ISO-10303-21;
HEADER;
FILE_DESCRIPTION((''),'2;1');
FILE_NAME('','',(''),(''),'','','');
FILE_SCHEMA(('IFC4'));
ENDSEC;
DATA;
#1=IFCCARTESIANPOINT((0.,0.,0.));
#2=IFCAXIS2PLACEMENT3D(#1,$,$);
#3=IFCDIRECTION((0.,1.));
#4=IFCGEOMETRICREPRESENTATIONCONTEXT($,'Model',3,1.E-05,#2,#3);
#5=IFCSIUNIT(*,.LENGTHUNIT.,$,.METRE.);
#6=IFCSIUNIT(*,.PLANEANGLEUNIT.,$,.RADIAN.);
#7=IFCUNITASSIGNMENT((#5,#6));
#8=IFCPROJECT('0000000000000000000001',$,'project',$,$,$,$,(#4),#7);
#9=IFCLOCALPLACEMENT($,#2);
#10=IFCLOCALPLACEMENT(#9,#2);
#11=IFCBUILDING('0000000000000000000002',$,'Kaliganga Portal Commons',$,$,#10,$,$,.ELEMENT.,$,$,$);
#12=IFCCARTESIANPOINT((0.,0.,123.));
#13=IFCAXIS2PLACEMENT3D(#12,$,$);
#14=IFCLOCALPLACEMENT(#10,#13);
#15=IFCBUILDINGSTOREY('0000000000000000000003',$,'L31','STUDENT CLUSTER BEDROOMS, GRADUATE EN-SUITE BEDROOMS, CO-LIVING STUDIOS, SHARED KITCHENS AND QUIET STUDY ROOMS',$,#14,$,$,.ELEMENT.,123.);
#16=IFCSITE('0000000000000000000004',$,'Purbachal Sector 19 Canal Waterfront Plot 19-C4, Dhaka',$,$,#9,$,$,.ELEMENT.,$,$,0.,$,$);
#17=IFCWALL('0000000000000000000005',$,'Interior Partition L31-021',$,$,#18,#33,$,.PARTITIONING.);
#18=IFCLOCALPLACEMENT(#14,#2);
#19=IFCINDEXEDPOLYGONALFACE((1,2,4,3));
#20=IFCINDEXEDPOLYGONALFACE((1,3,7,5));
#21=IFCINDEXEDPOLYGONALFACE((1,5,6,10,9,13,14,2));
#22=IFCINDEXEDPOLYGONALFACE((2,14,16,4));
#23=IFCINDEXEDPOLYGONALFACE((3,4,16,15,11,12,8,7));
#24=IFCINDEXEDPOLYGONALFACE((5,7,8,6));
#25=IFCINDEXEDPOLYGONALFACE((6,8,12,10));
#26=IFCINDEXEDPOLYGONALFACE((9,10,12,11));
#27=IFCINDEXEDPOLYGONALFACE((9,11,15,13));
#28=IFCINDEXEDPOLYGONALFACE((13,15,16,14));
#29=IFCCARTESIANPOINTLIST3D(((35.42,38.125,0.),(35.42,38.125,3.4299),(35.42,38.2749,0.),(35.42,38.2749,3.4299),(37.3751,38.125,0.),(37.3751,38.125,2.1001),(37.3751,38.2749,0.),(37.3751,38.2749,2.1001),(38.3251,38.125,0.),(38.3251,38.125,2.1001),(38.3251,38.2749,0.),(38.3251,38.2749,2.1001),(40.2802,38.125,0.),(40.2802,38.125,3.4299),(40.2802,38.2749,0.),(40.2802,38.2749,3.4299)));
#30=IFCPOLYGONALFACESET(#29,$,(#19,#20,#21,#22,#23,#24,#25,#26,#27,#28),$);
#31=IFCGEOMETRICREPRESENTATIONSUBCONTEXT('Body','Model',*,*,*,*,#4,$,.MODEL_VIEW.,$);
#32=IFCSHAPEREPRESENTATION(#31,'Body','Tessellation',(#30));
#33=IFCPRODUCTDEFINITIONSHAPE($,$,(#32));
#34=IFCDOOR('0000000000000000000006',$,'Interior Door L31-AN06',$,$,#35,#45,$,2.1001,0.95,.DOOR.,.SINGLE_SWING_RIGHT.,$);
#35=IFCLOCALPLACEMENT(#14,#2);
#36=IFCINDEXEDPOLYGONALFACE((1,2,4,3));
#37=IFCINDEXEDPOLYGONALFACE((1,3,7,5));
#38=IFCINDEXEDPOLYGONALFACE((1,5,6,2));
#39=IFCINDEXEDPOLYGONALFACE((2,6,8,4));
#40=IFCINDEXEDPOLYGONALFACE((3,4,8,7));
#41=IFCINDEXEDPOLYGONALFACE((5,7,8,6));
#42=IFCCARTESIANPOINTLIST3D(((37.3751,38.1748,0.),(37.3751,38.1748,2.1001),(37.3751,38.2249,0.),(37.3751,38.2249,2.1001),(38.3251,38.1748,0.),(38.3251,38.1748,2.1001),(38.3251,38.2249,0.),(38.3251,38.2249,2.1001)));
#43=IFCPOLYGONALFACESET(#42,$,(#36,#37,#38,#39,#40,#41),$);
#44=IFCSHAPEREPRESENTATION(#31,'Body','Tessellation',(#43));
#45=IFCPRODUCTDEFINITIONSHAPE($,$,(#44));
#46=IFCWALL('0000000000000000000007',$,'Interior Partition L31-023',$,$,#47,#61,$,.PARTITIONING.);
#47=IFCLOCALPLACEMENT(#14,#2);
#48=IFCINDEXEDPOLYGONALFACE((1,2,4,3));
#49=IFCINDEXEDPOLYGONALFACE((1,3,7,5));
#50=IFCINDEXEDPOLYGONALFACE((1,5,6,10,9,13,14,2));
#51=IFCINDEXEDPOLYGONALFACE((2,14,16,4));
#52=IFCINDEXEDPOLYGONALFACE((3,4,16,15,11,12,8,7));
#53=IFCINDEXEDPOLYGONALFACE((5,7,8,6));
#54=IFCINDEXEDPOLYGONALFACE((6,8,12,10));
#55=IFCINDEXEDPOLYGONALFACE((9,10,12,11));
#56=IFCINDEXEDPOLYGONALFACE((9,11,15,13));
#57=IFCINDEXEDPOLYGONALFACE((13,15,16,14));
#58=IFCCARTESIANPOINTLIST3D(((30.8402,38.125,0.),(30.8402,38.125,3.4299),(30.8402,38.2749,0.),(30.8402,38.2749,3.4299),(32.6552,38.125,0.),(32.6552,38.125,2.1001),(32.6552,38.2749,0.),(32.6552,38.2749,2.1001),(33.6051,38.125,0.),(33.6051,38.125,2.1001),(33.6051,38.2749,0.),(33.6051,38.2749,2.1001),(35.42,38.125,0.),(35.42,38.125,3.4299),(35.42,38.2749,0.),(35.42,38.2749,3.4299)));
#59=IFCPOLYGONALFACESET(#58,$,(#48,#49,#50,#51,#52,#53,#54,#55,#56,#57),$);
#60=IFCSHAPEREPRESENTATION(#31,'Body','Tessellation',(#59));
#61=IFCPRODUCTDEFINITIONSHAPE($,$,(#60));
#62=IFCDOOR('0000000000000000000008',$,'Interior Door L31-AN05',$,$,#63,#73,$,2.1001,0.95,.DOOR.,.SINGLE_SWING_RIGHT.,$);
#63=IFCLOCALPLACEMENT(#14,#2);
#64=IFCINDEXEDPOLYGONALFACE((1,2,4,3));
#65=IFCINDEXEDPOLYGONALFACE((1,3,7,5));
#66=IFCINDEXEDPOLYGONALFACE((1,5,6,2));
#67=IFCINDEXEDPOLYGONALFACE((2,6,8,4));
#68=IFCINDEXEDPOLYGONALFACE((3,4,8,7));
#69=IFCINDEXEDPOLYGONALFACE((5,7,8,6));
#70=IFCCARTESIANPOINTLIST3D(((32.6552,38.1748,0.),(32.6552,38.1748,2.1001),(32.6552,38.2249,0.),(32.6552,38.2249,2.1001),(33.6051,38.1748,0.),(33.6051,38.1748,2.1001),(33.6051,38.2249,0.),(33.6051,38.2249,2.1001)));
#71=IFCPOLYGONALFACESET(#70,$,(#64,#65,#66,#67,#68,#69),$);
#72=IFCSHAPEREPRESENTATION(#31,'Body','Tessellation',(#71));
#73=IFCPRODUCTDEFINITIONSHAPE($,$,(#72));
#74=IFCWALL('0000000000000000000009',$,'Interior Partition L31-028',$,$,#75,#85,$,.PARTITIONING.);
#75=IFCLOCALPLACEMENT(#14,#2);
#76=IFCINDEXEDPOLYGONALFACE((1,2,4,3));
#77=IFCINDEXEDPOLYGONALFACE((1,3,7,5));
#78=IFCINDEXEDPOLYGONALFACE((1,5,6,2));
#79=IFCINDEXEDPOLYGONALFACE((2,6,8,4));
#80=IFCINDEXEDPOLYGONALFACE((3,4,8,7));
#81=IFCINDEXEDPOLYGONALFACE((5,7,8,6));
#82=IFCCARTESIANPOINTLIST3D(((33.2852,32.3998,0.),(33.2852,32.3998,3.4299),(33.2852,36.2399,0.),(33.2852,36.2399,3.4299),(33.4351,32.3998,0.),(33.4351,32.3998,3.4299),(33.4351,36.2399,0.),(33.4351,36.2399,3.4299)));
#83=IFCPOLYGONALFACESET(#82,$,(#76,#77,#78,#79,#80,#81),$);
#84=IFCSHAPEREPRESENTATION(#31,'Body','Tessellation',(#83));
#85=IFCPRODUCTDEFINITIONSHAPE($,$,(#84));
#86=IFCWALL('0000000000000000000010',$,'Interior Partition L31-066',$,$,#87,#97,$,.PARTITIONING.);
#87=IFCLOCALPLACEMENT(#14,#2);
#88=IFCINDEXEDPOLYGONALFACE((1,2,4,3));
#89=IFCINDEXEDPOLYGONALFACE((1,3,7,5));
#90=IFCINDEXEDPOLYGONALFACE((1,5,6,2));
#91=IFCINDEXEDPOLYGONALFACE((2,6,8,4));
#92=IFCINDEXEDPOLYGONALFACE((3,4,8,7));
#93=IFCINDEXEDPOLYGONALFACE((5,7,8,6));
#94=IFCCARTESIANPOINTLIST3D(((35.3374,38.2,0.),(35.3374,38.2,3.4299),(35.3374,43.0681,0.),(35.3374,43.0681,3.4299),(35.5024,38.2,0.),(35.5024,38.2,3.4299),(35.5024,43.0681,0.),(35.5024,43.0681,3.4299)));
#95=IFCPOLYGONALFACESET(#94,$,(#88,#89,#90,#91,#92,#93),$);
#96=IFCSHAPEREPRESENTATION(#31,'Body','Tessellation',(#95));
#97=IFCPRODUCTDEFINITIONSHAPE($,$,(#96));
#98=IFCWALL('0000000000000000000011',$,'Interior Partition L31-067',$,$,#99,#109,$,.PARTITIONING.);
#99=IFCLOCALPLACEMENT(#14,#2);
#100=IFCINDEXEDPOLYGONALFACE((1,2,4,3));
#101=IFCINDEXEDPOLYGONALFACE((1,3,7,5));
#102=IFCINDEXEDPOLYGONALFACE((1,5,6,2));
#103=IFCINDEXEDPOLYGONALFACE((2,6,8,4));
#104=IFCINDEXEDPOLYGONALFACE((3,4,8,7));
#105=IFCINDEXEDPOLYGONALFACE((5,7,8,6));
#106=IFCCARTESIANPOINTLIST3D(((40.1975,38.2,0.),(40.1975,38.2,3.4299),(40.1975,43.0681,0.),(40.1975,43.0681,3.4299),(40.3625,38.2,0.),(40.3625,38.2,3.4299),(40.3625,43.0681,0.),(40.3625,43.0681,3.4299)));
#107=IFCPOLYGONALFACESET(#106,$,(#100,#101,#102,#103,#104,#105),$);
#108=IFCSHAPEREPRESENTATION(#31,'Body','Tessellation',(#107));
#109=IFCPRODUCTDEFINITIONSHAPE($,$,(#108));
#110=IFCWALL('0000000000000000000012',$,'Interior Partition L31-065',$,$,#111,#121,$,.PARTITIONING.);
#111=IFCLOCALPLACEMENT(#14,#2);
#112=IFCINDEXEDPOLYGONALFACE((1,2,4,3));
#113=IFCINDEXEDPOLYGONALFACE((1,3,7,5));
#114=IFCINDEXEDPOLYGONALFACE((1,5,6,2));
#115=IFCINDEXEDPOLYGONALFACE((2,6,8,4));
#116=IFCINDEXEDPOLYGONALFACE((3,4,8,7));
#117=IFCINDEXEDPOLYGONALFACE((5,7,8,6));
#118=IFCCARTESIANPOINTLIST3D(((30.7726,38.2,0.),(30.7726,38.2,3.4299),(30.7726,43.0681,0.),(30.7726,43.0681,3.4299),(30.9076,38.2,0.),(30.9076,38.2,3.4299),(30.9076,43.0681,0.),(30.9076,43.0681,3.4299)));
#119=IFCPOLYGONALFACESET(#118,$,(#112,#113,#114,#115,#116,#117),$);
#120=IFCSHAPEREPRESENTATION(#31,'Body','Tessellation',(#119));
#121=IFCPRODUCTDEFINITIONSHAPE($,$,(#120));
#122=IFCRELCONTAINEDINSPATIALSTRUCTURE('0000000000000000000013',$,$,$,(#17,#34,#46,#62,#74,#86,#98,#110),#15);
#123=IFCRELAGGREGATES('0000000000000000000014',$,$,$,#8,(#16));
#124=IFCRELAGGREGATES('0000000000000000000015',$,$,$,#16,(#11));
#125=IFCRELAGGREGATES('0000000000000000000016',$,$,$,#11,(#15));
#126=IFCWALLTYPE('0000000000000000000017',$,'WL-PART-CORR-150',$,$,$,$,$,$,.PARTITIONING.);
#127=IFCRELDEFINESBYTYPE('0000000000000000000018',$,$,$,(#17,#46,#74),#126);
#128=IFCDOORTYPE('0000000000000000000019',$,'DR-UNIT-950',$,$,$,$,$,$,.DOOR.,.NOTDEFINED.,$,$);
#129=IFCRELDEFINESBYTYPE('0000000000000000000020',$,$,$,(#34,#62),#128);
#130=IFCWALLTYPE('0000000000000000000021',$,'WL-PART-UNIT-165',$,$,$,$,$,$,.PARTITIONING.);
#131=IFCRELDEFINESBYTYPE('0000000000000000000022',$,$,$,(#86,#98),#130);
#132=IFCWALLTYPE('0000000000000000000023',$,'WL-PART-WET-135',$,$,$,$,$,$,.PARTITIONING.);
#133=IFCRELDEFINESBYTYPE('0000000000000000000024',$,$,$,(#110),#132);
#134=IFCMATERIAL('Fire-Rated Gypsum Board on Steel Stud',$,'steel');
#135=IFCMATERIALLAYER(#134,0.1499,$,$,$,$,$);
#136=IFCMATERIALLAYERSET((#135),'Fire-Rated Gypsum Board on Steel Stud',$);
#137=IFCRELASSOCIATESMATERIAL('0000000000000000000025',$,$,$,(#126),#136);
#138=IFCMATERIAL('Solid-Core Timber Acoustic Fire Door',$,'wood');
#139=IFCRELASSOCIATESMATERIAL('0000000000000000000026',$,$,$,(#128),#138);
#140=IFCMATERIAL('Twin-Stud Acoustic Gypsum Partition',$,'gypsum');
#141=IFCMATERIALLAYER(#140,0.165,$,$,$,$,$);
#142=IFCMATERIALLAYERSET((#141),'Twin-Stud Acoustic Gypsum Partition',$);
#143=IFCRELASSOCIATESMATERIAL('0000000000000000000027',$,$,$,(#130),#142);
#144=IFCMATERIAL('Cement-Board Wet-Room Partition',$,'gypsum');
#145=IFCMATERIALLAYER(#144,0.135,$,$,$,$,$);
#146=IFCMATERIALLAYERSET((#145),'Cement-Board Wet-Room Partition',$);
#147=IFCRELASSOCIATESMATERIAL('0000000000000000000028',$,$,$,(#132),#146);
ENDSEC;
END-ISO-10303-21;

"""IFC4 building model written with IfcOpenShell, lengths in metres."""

from ifc_helpers import new_model, si_unit, direction, frame, frame_2d, origin, place, context, subcontext, project, spatial, rectangle, extrude, material, layer, layer_set, type_object, element, fill, save


model = new_model("IFC4")

# Units and contexts
model_context = context("Model", 3, precision=1e-05, world=origin(), true_north=direction((0.0, 1.0)))
body_context = subcontext(model_context, "Body", "Model", "MODEL_VIEW")
ifc_project = project(units=[si_unit("LENGTHUNIT", "METRE"), si_unit("PLANEANGLEUNIT", "RADIAN")], contexts=[model_context])

# Site, building, storey
site_placement = place(None, origin())
site = spatial("IfcSite", under=ifc_project, at=site_placement, Name="Purbachal Sector 19 Canal Waterfront Plot 19-C4, Dhaka", CompositionType="ELEMENT", RefElevation=0.0)
building_placement = place(site_placement, origin())
building = spatial("IfcBuilding", under=site, at=building_placement, Name="Kaliganga Portal Commons", CompositionType="ELEMENT")
storey_placement = place(building_placement, frame((0.0, 0.0, 123.0)))
storey = spatial("IfcBuildingStorey", under=building, at=storey_placement, Name="L31", Description="STUDENT CLUSTER BEDROOMS, GRADUATE EN-SUITE BEDROOMS, CO-LIVING STUDIOS, SHARED KITCHENS AND QUIET STUDY ROOMS", CompositionType="ELEMENT", Elevation=123.0)

# Shared definitions
ifc_material_1 = material(Name="Fire-Rated Gypsum Board on Steel Stud", Category="steel")
ifc_layer_1 = layer(ifc_material_1, 0.1499)
ifc_layer_set_1 = layer_set([ifc_layer_1], Name="Fire-Rated Gypsum Board on Steel Stud")
wall_type_1 = type_object("IfcWallType", Name="WL-PART-CORR-150", PredefinedType="PARTITIONING", material=ifc_layer_set_1)

# Walls, openings, doors
wall_1_placement = place(storey_placement, frame((35.4199, 38.2, 0.0), z_axis=(0.0, 0.0, 1.0), x_axis=(1.0, 0.0, 0.0)))
wall_1 = element("IfcWall", 1, at=wall_1_placement, inside=storey, type_object=wall_type_1, Name="Interior Partition L31-021", PredefinedType="PARTITIONING", context=body_context, shape_type="SweptSolid", body=[
    extrude(rectangle(XDim=4.8601, YDim=0.1499, at=frame_2d((2.4302, 0.0))), origin(), (0.0, 0.0, 1.0), 3.4299),
])
opening_1_placement = place(wall_1_placement, frame((1.9551, 0.0, 0.0)))
opening_1 = element("IfcOpeningElement", 2, at=opening_1_placement, cuts=wall_1, PredefinedType="OPENING", context=body_context, shape_type="SweptSolid", body=[
    extrude(rectangle(XDim=0.95, YDim=2.1001, at=frame_2d((0.4751, 1.05))), frame((0.0, 0.085, 0.0), z_axis=(0.0, -1.0, 0.0), x_axis=(1.0, 0.0, 0.0)), (0.0, 0.0, 1.0), 0.1699),
])
ifc_material_2 = material(Name="Solid-Core Timber Acoustic Fire Door", Category="wood")
door_type_1 = type_object("IfcDoorType", Name="DR-UNIT-950", OperationType="NOTDEFINED", PredefinedType="DOOR", material=ifc_material_2)
door_1_placement = place(opening_1_placement, origin())
door_1 = element("IfcDoor", 3, at=door_1_placement, inside=storey, type_object=door_type_1, Name="Interior Door L31-AN06", OperationType="SINGLE_SWING_RIGHT", OverallHeight=2.1001, OverallWidth=0.95, PredefinedType="DOOR", context=body_context, shape_type="SweptSolid", body=[
    extrude(rectangle(XDim=0.95, YDim=2.1001, at=frame_2d((0.4751, 1.05))), frame((0.0, 0.0249, 0.0), z_axis=(0.0, -1.0, 0.0), x_axis=(1.0, 0.0, 0.0)), (0.0, 0.0, 1.0), 0.05),
])
fill(opening_1, door_1)
wall_2_placement = place(storey_placement, frame((30.8401, 38.2, 0.0), z_axis=(0.0, 0.0, 1.0), x_axis=(1.0, 0.0, 0.0)))
wall_2 = element("IfcWall", 4, at=wall_2_placement, inside=storey, type_object=wall_type_1, Name="Interior Partition L31-023", PredefinedType="PARTITIONING", context=body_context, shape_type="SweptSolid", body=[
    extrude(rectangle(XDim=4.5798, YDim=0.1499, at=frame_2d((2.29, 0.0))), origin(), (0.0, 0.0, 1.0), 3.4299),
])
opening_2_placement = place(wall_2_placement, frame((1.8149, 0.0, 0.0)))
opening_2 = element("IfcOpeningElement", 5, at=opening_2_placement, cuts=wall_2, PredefinedType="OPENING", context=body_context, shape_type="SweptSolid", body=[
    extrude(rectangle(XDim=0.95, YDim=2.1001, at=frame_2d((0.4751, 1.05))), frame((0.0, 0.085, 0.0), z_axis=(0.0, -1.0, 0.0), x_axis=(1.0, 0.0, 0.0)), (0.0, 0.0, 1.0), 0.1699),
])
door_2_placement = place(opening_2_placement, origin())
door_2 = element("IfcDoor", 6, at=door_2_placement, inside=storey, type_object=door_type_1, Name="Interior Door L31-AN05", OperationType="SINGLE_SWING_RIGHT", OverallHeight=2.1001, OverallWidth=0.95, PredefinedType="DOOR", context=body_context, shape_type="SweptSolid", body=[
    extrude(rectangle(XDim=0.95, YDim=2.1001, at=frame_2d((0.4751, 1.05))), frame((0.0, 0.0249, 0.0), z_axis=(0.0, -1.0, 0.0), x_axis=(1.0, 0.0, 0.0)), (0.0, 0.0, 1.0), 0.05),
])
fill(opening_2, door_2)

# Walls
wall_3_placement = place(storey_placement, frame((33.3601, 32.3999, 0.0), z_axis=(0.0, 0.0, 1.0), x_axis=(0.0, 1.0, 0.0)))
element("IfcWall", 7, at=wall_3_placement, inside=storey, type_object=wall_type_1, Name="Interior Partition L31-028", PredefinedType="PARTITIONING", context=body_context, shape_type="SweptSolid", body=[
    extrude(rectangle(XDim=3.8401, YDim=0.1499, at=frame_2d((1.9199, 0.0))), origin(), (0.0, 0.0, 1.0), 3.4299),
])
ifc_material_3 = material(Name="Twin-Stud Acoustic Gypsum Partition", Category="gypsum")
ifc_layer_2 = layer(ifc_material_3, 0.165)
ifc_layer_set_2 = layer_set([ifc_layer_2], Name="Twin-Stud Acoustic Gypsum Partition")
wall_type_2 = type_object("IfcWallType", Name="WL-PART-UNIT-165", PredefinedType="PARTITIONING", material=ifc_layer_set_2)
for number, where, z_axis, x_axis, name in (
    (8, (35.4199, 38.2, 0.0), (0.0, 0.0, 1.0), (0.0, 1.0, 0.0), "Interior Partition L31-066"),
    (9, (40.28, 38.2, 0.0), (0.0, 0.0, 1.0), (0.0, 1.0, 0.0), "Interior Partition L31-067"),
):
    element("IfcWall", number, at=place(storey_placement, frame(where, z_axis=z_axis, x_axis=x_axis)), inside=storey, type_object=wall_type_2, Name=name, PredefinedType="PARTITIONING", context=body_context, shape_type="SweptSolid", body=[
        extrude(rectangle(XDim=4.8682, YDim=0.165, at=frame_2d((2.4341, 0.0))), origin(), (0.0, 0.0, 1.0), 3.4299),
    ])
ifc_material_4 = material(Name="Cement-Board Wet-Room Partition", Category="gypsum")
ifc_layer_3 = layer(ifc_material_4, 0.135)
ifc_layer_set_3 = layer_set([ifc_layer_3], Name="Cement-Board Wet-Room Partition")
wall_type_3 = type_object("IfcWallType", Name="WL-PART-WET-135", PredefinedType="PARTITIONING", material=ifc_layer_set_3)
wall_4_placement = place(storey_placement, frame((30.8401, 38.2, 0.0), z_axis=(0.0, 0.0, 1.0), x_axis=(0.0, 1.0, 0.0)))
element("IfcWall", 10, at=wall_4_placement, inside=storey, type_object=wall_type_3, Name="Interior Partition L31-065", PredefinedType="PARTITIONING", context=body_context, shape_type="SweptSolid", body=[
    extrude(rectangle(XDim=4.8682, YDim=0.135, at=frame_2d((2.4341, 0.0))), origin(), (0.0, 0.0, 1.0), 3.4299),
])

save(model, "model.ifc")
